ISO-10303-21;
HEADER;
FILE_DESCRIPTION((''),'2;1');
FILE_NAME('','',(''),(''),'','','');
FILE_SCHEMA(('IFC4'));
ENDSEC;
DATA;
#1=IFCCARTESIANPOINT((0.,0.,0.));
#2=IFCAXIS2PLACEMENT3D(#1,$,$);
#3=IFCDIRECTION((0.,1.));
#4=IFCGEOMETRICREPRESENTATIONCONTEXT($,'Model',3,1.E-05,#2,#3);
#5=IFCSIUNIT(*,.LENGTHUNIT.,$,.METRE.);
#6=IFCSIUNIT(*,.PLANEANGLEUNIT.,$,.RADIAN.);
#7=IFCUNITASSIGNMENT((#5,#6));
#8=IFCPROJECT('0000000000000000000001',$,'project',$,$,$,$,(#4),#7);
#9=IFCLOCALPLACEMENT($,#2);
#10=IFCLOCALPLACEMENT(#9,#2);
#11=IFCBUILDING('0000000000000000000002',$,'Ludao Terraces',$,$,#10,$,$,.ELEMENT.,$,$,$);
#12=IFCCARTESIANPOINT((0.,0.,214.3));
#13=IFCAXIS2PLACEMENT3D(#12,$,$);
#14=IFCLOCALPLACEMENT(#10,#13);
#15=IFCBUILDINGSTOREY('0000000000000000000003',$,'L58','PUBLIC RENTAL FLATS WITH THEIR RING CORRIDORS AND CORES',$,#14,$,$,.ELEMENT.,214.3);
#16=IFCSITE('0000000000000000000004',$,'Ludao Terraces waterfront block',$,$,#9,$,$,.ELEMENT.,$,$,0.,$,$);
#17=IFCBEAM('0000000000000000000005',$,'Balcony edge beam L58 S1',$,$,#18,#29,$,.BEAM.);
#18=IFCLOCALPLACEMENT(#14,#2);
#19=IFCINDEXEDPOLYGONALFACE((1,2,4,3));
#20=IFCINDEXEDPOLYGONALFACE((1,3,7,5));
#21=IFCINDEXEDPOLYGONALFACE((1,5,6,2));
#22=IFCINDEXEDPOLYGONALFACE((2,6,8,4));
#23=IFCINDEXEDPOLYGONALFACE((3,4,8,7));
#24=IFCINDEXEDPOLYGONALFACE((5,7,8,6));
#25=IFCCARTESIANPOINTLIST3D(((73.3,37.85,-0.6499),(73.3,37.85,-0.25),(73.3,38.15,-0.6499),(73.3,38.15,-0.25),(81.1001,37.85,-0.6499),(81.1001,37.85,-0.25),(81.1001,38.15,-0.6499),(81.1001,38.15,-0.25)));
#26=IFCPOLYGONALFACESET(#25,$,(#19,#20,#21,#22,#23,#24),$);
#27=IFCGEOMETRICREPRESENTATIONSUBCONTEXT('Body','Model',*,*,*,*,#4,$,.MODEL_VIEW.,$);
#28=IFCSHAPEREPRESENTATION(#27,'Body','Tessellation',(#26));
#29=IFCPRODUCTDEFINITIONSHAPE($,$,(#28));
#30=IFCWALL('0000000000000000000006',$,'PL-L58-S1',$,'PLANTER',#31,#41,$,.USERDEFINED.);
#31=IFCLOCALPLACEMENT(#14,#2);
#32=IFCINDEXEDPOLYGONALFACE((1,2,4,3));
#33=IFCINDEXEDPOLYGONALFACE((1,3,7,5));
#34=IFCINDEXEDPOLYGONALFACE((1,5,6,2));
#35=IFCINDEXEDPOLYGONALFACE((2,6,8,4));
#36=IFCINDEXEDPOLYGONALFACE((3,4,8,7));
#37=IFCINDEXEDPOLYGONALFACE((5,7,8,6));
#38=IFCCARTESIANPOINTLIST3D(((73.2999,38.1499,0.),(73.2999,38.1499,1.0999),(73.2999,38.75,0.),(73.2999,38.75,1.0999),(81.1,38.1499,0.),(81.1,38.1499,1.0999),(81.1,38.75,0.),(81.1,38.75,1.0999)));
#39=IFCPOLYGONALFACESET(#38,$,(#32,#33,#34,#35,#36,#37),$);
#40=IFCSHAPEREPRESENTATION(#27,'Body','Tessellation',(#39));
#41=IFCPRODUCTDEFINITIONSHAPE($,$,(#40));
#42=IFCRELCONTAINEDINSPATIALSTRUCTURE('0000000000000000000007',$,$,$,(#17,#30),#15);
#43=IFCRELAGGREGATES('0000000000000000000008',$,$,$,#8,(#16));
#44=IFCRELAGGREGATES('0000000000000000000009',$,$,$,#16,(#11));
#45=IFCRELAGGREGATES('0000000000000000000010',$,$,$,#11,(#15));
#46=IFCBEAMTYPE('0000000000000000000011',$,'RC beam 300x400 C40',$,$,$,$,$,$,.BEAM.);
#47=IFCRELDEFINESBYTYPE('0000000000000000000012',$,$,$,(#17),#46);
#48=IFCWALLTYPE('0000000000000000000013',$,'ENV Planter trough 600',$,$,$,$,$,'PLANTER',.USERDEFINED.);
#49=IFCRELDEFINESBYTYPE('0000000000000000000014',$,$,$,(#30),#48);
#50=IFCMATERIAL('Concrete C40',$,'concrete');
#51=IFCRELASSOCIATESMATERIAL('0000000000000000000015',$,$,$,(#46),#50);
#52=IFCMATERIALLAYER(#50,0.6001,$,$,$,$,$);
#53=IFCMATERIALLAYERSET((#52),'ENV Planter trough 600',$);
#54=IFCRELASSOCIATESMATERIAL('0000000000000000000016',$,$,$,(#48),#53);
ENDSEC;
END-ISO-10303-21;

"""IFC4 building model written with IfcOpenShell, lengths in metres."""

from ifc_helpers import new_model, si_unit, direction, frame, frame_2d, origin, origin_2d, place, context, subcontext, project, spatial, rectangle, extrude, material, layer, layer_set, material_profile, profile_set, type_object, element, save


model = new_model("IFC4")

# Units and contexts
model_context = context("Model", 3, precision=1e-05, world=origin(), true_north=direction((0.0, 1.0)))
body_context = subcontext(model_context, "Body", "Model", "MODEL_VIEW")
ifc_project = project(units=[si_unit("LENGTHUNIT", "METRE"), si_unit("PLANEANGLEUNIT", "RADIAN")], contexts=[model_context])

# Site, building, storey
site_placement = place(None, origin())
site = spatial("IfcSite", under=ifc_project, at=site_placement, Name="Ludao Terraces waterfront block", CompositionType="ELEMENT", RefElevation=0.0)
building_placement = place(site_placement, origin())
building = spatial("IfcBuilding", under=site, at=building_placement, Name="Ludao Terraces", CompositionType="ELEMENT")
storey_placement = place(building_placement, frame((0.0, 0.0, 214.3)))
storey = spatial("IfcBuildingStorey", under=building, at=storey_placement, Name="L58", Description="PUBLIC RENTAL FLATS WITH THEIR RING CORRIDORS AND CORES", CompositionType="ELEMENT", Elevation=214.3)

# Beam
ifc_material_1 = material(Name="Concrete C40", Category="concrete")
ifc_material_profile = material_profile(ifc_material_1, rectangle(XDim=0.3, YDim=0.3999, at=origin_2d()), Name="300 X 400")
ifc_profile_set = profile_set([ifc_material_profile], Name="Concrete C40")
beam_type = type_object("IfcBeamType", Name="RC beam 300x400 C40", PredefinedType="BEAM", material=ifc_profile_set)
beam_placement = place(storey_placement, frame((73.3, 38.0, -0.45), z_axis=(1.0, 0.0, 0.0), x_axis=(0.0, 1.0, 0.0)))
element("IfcBeam", 1, at=beam_placement, inside=storey, type_object=beam_type, Name="Balcony edge beam L58 S1", PredefinedType="BEAM", context=body_context, shape_type="SweptSolid", body=[
    extrude(rectangle(XDim=0.3, YDim=0.3999, at=origin_2d()), origin(), (0.0, 0.0, 1.0), 7.8),
])

# Wall
ifc_layer_1 = layer(ifc_material_1, 0.6001)
ifc_layer_set_1 = layer_set([ifc_layer_1], Name="ENV Planter trough 600")
wall_type_1 = type_object("IfcWallType", Name="ENV Planter trough 600", ElementType="PLANTER", PredefinedType="USERDEFINED", material=ifc_layer_set_1)
wall_1_placement = place(storey_placement, frame((73.3, 38.45, 0.0), z_axis=(0.0, 0.0, 1.0), x_axis=(1.0, 0.0, 0.0)))
element("IfcWall", 2, at=wall_1_placement, inside=storey, type_object=wall_type_1, Name="PL-L58-S1", ObjectType="PLANTER", PredefinedType="USERDEFINED", context=body_context, shape_type="SweptSolid", body=[
    extrude(rectangle(XDim=7.8, YDim=0.6001, at=frame_2d((3.8999, 0.0))), origin(), (0.0, 0.0, 1.0), 1.0999),
])

save(model, "model.ifc")
